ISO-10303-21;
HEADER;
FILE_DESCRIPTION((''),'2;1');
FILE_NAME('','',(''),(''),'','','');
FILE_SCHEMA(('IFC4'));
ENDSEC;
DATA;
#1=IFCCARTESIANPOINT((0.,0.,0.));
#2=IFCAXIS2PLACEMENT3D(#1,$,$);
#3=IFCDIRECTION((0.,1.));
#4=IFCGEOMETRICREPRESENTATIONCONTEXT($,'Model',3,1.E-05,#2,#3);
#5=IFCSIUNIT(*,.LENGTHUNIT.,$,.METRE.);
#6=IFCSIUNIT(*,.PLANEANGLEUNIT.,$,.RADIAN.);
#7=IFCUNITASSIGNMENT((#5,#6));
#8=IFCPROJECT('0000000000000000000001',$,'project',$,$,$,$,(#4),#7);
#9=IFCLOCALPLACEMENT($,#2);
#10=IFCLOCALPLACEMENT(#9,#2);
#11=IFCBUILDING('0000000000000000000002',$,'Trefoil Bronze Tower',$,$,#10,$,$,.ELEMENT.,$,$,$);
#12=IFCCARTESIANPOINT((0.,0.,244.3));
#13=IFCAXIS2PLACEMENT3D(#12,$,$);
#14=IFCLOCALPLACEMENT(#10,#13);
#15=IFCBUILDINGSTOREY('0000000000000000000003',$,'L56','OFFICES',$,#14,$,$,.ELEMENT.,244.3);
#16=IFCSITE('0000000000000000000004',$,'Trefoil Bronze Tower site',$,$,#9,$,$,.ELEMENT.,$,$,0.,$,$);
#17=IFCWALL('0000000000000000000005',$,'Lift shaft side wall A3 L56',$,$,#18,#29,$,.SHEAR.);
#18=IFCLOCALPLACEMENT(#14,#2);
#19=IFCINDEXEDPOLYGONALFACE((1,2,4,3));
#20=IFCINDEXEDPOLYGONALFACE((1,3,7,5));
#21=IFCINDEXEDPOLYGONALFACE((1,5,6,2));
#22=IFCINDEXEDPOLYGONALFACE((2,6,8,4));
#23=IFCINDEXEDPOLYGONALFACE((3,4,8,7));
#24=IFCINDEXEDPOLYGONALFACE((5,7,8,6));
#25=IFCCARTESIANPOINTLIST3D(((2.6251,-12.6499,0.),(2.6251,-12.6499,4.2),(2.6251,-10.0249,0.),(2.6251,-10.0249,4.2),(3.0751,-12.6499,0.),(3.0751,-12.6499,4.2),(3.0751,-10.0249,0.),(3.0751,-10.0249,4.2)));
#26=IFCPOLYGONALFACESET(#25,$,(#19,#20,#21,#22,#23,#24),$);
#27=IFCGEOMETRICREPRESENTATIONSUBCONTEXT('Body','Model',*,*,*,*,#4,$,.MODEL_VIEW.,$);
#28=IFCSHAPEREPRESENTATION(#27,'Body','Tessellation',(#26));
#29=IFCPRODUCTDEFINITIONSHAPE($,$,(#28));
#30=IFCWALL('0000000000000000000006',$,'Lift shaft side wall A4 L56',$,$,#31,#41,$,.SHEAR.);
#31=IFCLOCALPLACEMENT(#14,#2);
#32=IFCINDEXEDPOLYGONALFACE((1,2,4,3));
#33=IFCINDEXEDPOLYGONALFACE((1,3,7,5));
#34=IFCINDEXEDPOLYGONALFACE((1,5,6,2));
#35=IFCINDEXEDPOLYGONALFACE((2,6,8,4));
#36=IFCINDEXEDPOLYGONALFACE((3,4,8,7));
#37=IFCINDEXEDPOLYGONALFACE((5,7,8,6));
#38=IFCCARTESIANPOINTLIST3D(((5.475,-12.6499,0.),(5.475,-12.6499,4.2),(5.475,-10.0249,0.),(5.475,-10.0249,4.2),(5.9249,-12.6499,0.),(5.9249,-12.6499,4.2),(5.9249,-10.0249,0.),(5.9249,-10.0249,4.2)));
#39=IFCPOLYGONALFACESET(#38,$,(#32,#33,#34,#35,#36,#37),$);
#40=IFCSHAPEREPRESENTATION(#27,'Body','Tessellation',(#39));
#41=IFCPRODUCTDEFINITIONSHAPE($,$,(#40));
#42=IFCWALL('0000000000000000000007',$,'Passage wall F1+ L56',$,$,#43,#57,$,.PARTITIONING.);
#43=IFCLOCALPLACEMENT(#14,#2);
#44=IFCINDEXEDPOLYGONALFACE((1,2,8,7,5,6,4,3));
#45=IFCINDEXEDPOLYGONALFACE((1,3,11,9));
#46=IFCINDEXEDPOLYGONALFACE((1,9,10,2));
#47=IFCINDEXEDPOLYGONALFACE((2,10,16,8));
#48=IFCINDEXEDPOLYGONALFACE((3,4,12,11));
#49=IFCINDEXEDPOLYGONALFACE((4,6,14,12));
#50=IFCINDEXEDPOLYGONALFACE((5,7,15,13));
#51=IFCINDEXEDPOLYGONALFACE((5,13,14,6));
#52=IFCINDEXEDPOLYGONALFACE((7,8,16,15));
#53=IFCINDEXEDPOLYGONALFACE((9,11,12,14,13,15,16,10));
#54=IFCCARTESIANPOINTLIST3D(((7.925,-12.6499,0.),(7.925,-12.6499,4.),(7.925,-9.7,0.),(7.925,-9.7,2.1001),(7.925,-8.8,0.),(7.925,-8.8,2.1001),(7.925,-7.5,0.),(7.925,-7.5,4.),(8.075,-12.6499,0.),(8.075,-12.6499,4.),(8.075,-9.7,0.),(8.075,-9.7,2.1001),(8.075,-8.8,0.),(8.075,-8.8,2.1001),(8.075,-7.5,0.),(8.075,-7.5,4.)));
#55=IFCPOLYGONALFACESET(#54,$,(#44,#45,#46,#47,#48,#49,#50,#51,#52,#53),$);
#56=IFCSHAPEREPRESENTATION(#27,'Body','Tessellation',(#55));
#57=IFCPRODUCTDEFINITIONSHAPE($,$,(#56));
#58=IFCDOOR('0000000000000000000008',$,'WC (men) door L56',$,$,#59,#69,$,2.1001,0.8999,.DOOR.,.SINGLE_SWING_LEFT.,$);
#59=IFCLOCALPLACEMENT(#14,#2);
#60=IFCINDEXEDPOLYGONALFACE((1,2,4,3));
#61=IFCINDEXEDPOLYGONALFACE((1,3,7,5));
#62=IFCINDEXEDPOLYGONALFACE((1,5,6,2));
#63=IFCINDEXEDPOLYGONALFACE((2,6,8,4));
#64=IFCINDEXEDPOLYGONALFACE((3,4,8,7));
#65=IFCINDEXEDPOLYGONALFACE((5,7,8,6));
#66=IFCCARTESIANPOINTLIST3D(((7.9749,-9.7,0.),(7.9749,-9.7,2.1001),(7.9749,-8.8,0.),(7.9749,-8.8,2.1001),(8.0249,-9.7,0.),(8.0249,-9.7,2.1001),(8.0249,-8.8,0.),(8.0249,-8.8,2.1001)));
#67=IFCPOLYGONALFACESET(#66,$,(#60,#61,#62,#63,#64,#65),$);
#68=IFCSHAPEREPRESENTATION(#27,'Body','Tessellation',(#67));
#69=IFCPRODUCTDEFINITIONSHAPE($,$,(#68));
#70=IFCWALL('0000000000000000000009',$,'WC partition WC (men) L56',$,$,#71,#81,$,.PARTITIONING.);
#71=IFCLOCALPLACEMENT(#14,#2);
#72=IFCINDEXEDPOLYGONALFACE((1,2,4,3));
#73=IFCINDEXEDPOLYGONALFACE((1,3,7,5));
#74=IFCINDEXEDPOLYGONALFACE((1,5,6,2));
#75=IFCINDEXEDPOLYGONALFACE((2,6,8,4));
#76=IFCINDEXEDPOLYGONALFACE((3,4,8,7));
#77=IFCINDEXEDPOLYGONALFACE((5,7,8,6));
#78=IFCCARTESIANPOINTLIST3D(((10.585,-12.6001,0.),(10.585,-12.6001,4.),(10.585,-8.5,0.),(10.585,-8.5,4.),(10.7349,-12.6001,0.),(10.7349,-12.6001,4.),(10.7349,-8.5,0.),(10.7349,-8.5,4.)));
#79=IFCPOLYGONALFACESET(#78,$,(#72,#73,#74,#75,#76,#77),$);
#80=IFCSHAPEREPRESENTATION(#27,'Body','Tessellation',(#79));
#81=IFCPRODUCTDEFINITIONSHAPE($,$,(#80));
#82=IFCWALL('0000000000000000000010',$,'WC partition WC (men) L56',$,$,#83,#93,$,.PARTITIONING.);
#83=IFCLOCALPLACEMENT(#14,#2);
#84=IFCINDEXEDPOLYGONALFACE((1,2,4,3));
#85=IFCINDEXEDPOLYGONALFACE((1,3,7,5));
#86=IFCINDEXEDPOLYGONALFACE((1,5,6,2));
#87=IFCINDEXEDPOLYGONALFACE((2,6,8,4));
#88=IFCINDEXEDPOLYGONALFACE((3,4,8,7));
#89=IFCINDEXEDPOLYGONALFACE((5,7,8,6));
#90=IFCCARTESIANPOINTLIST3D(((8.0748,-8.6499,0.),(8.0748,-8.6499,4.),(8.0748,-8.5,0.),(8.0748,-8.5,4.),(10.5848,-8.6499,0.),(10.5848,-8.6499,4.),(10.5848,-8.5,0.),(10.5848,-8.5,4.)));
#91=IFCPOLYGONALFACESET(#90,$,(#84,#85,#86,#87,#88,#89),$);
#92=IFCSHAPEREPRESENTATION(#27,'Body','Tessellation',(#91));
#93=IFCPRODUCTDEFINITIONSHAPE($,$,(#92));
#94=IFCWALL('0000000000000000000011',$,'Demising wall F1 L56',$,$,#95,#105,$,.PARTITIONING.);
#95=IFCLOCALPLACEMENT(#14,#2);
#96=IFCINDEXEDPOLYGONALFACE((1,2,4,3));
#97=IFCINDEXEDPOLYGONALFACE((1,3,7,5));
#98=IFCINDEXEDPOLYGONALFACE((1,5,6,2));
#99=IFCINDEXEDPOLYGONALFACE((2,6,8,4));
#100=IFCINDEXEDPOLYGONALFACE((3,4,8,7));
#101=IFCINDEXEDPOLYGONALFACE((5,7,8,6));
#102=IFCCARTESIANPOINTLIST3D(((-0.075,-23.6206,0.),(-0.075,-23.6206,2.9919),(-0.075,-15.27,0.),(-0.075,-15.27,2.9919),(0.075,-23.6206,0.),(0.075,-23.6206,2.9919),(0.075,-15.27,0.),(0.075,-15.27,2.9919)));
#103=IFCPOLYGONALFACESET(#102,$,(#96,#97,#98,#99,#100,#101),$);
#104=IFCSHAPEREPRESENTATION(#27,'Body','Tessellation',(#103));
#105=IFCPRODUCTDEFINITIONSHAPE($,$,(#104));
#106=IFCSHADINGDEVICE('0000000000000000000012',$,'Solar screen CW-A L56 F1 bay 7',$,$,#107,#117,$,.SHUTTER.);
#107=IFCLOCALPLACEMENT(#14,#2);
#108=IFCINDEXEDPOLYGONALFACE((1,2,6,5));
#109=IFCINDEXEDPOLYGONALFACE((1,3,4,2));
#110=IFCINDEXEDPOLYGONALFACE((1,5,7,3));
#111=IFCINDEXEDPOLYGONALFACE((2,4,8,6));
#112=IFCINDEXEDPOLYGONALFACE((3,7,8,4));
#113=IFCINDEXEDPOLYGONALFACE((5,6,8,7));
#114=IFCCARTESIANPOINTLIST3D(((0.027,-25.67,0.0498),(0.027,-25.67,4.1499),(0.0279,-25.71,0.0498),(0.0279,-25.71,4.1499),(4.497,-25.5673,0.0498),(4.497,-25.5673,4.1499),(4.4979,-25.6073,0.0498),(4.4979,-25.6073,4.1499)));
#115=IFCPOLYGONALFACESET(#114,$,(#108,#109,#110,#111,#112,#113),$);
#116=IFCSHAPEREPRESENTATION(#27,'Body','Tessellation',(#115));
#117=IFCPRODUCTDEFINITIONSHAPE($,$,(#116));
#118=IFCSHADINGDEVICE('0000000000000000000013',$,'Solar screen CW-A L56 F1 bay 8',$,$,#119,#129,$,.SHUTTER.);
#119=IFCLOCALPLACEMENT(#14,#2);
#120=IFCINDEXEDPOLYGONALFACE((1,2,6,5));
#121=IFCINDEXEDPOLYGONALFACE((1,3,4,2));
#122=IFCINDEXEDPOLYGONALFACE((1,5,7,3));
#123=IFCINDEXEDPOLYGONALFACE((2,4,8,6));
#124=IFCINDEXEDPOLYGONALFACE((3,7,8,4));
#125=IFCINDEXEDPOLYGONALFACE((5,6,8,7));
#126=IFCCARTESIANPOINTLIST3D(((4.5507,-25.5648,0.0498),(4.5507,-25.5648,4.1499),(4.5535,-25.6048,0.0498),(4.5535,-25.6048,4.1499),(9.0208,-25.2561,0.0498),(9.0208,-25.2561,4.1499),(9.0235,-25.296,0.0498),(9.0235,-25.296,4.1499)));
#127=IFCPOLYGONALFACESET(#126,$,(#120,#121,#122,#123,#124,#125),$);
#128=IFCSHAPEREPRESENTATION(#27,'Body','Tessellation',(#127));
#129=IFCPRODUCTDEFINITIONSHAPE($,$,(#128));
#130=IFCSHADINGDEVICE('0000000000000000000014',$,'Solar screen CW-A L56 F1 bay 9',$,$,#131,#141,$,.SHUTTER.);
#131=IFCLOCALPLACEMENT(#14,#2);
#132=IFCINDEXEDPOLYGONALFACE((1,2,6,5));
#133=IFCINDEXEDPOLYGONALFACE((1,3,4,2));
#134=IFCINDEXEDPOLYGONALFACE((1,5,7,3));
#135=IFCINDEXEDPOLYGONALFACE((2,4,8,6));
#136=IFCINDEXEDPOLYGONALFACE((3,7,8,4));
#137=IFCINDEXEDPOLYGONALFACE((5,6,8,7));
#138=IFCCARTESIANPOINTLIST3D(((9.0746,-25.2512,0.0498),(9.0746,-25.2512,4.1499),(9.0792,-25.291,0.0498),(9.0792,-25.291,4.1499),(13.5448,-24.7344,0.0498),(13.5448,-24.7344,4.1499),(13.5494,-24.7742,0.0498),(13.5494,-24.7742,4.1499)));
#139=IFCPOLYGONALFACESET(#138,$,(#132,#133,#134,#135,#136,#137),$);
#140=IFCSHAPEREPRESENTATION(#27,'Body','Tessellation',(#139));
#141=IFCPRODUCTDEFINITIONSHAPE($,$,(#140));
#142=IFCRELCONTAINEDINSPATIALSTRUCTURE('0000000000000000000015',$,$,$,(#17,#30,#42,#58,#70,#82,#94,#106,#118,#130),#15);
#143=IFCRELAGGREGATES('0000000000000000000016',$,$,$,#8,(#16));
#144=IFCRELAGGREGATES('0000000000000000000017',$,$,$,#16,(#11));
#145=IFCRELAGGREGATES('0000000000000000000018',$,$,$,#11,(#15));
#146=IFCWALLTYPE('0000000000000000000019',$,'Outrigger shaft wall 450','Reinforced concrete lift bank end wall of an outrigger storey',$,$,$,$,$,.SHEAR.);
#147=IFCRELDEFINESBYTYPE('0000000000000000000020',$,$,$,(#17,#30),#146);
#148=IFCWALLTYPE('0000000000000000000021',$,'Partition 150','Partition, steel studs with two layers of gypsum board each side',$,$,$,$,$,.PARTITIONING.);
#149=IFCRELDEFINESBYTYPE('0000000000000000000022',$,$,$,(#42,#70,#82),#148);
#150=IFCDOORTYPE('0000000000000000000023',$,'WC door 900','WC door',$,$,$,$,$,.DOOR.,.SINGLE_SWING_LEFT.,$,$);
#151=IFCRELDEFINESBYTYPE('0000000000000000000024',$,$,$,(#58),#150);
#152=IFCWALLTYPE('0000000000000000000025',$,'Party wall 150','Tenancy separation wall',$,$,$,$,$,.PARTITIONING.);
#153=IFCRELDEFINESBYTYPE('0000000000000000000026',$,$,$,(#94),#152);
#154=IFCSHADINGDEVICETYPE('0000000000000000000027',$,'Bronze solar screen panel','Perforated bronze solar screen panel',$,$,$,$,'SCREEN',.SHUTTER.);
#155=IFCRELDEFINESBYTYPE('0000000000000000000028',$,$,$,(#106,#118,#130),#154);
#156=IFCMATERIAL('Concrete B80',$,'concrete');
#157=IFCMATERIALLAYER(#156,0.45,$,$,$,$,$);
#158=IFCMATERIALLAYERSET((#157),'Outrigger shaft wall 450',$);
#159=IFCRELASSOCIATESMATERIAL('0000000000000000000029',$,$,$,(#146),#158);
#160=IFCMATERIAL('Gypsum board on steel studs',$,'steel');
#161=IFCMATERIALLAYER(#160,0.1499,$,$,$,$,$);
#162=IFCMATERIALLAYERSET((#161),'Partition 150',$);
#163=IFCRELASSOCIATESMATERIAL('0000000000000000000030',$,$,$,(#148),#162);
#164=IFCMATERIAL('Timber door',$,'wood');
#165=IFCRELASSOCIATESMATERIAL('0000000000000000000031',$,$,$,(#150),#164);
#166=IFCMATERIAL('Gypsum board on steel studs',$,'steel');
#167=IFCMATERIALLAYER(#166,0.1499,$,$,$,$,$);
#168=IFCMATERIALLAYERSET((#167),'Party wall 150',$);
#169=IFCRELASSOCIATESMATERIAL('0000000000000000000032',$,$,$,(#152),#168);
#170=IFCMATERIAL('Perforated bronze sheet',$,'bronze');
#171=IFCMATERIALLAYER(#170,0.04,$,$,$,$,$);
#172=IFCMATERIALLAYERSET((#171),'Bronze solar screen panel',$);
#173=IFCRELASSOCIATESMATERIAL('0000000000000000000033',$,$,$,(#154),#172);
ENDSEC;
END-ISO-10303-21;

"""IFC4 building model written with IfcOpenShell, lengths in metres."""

from ifc_helpers import new_model, si_unit, direction, frame, frame_2d, origin, origin_2d, place, context, subcontext, project, spatial, rectangle, extrude, material, layer, layer_set, type_object, element, fill, save


model = new_model("IFC4")

# Units and contexts
model_context = context("Model", 3, precision=1e-05, world=origin(), true_north=direction((0.0, 1.0)))
body_context = subcontext(model_context, "Body", "Model", "MODEL_VIEW")
ifc_project = project(units=[si_unit("LENGTHUNIT", "METRE"), si_unit("PLANEANGLEUNIT", "RADIAN")], contexts=[model_context])

# Site, building, storey
site_placement = place(None, origin())
site = spatial("IfcSite", under=ifc_project, at=site_placement, Name="Trefoil Bronze Tower site", CompositionType="ELEMENT", RefElevation=0.0)
building_placement = place(site_placement, origin())
building = spatial("IfcBuilding", under=site, at=building_placement, Name="Trefoil Bronze Tower", CompositionType="ELEMENT")
storey_placement = place(building_placement, frame((0.0, 0.0, 244.3)))
storey = spatial("IfcBuildingStorey", under=building, at=storey_placement, Name="L56", Description="OFFICES", CompositionType="ELEMENT", Elevation=244.3)

# Walls
ifc_material_1 = material(Name="Concrete B80", Category="concrete")
ifc_layer_1 = layer(ifc_material_1, 0.45)
ifc_layer_set_1 = layer_set([ifc_layer_1], Name="Outrigger shaft wall 450")
wall_type_1 = type_object("IfcWallType", Name="Outrigger shaft wall 450", Description="Reinforced concrete lift bank end wall of an outrigger storey", PredefinedType="SHEAR", material=ifc_layer_set_1)
for number, where, z_axis, x_axis, name in (
    (1, (2.8501, -10.0249, 0.0), (0.0, 0.0, 1.0), (0.0, -1.0, 0.0), "Lift shaft side wall A3 L56"),
    (2, (5.7, -10.0249, 0.0), (0.0, 0.0, 1.0), (0.0, -1.0, 0.0), "Lift shaft side wall A4 L56"),
):
    element("IfcWall", number, at=place(storey_placement, frame(where, z_axis=z_axis, x_axis=x_axis)), inside=storey, type_object=wall_type_1, Name=name, PredefinedType="SHEAR", context=body_context, shape_type="SweptSolid", body=[
        extrude(rectangle(XDim=2.625, YDim=0.45, at=frame_2d((1.3125, 0.0))), origin(), (0.0, 0.0, 1.0), 4.2),
    ])

# Wall, opening, door
ifc_material_2 = material(Name="Gypsum board on steel studs", Category="steel")
ifc_layer_2 = layer(ifc_material_2, 0.1499)
ifc_layer_set_2 = layer_set([ifc_layer_2], Name="Partition 150")
wall_type_2 = type_object("IfcWallType", Name="Partition 150", Description="Partition, steel studs with two layers of gypsum board each side", PredefinedType="PARTITIONING", material=ifc_layer_set_2)
wall_1_placement = place(storey_placement, frame((8.0, -7.5, 0.0), z_axis=(0.0, 0.0, 1.0), x_axis=(0.0, -1.0, 0.0)))
wall_1 = element("IfcWall", 3, at=wall_1_placement, inside=storey, type_object=wall_type_2, Name="Passage wall F1+ L56", PredefinedType="PARTITIONING", context=body_context, shape_type="SweptSolid", body=[
    extrude(rectangle(XDim=5.1499, YDim=0.1499, at=frame_2d((2.575, 0.0))), origin(), (0.0, 0.0, 1.0), 4.0),
])
opening_placement = place(wall_1_placement, frame((1.3, 0.0, 0.0)))
opening = element("IfcOpeningElement", 4, at=opening_placement, cuts=wall_1, PredefinedType="OPENING", context=body_context, shape_type="SweptSolid", body=[
    extrude(rectangle(XDim=0.8999, YDim=2.1001, at=frame_2d((0.45, 1.05))), frame((0.0, 0.085, 0.0), z_axis=(0.0, -1.0, 0.0), x_axis=(1.0, 0.0, 0.0)), (0.0, 0.0, 1.0), 0.1699),
])
ifc_material_3 = material(Name="Timber door", Category="wood")
door_type = type_object("IfcDoorType", Name="WC door 900", Description="WC door", OperationType="SINGLE_SWING_LEFT", PredefinedType="DOOR", material=ifc_material_3)
door_placement = place(opening_placement, origin())
door = element("IfcDoor", 5, at=door_placement, inside=storey, type_object=door_type, Name="WC (men) door L56", OperationType="SINGLE_SWING_LEFT", OverallHeight=2.1001, OverallWidth=0.8999, PredefinedType="DOOR", context=body_context, shape_type="SweptSolid", body=[
    extrude(rectangle(XDim=0.8999, YDim=2.1001, at=frame_2d((0.45, 1.05))), frame((0.0, 0.0249, 0.0), z_axis=(0.0, -1.0, 0.0), x_axis=(1.0, 0.0, 0.0)), (0.0, 0.0, 1.0), 0.05),
])
fill(opening, door)

# Walls
wall_2_placement = place(storey_placement, frame((10.6599, -8.5, 0.0), z_axis=(0.0, 0.0, 1.0), x_axis=(0.0, -1.0, 0.0)))
element("IfcWall", 6, at=wall_2_placement, inside=storey, type_object=wall_type_2, Name="WC partition WC (men) L56", PredefinedType="PARTITIONING", context=body_context, shape_type="SweptSolid", body=[
    extrude(rectangle(XDim=4.1001, YDim=0.1499, at=frame_2d((2.05, 0.0))), origin(), (0.0, 0.0, 1.0), 4.0),
])
wall_3_placement = place(storey_placement, frame((8.075, -8.575, 0.0), z_axis=(0.0, 0.0, 1.0), x_axis=(1.0, 0.0, 0.0)))
element("IfcWall", 7, at=wall_3_placement, inside=storey, type_object=wall_type_2, Name="WC partition WC (men) L56", PredefinedType="PARTITIONING", context=body_context, shape_type="SweptSolid", body=[
    extrude(rectangle(XDim=2.51, YDim=0.1499, at=frame_2d((1.2549, 0.0))), origin(), (0.0, 0.0, 1.0), 4.0),
])
ifc_material_4 = material(Name="Gypsum board on steel studs", Category="steel")
ifc_layer_3 = layer(ifc_material_4, 0.1499)
ifc_layer_set_3 = layer_set([ifc_layer_3], Name="Party wall 150")
wall_type_3 = type_object("IfcWallType", Name="Party wall 150", Description="Tenancy separation wall", PredefinedType="PARTITIONING", material=ifc_layer_set_3)
wall_4_placement = place(storey_placement, frame((0.0, -15.27, 0.0), z_axis=(0.0, 0.0, 1.0), x_axis=(0.0, -1.0, 0.0)))
element("IfcWall", 8, at=wall_4_placement, inside=storey, type_object=wall_type_3, Name="Demising wall F1 L56", PredefinedType="PARTITIONING", context=body_context, shape_type="SweptSolid", body=[
    extrude(rectangle(XDim=8.3506, YDim=0.1499, at=frame_2d((4.1753, 0.0))), origin(), (0.0, 0.0, 1.0), 2.9919),
])

# Shading devices
ifc_material_5 = material(Name="Perforated bronze sheet", Category="bronze")
ifc_layer_4 = layer(ifc_material_5, 0.04)
ifc_layer_set_4 = layer_set([ifc_layer_4], Name="Bronze solar screen panel")
shading_device_type = type_object("IfcShadingDeviceType", Name="Bronze solar screen panel", Description="Perforated bronze solar screen panel", ElementType="SCREEN", PredefinedType="SHUTTER", material=ifc_layer_set_4)
shading_device_1_placement = place(storey_placement, frame((2.2625, -25.6387, 0.0498), z_axis=(0.0, 0.0, 1.0), x_axis=(0.999736, 0.022972, 0.0)))
element("IfcShadingDevice", 9, at=shading_device_1_placement, inside=storey, type_object=shading_device_type, Name="Solar screen CW-A L56 F1 bay 7", PredefinedType="SHUTTER", context=body_context, shape_type="SweptSolid", body=[
    extrude(rectangle(XDim=4.4712, YDim=0.04, at=origin_2d()), origin(), (0.0, 0.0, 1.0), 4.1001),
])
shading_device_2_placement = place(storey_placement, frame((6.7871, -25.4304, 0.0498), z_axis=(0.0, 0.0, 1.0), x_axis=(0.997623, 0.068915, 0.0)))
element("IfcShadingDevice", 10, at=shading_device_2_placement, inside=storey, type_object=shading_device_type, Name="Solar screen CW-A L56 F1 bay 8", PredefinedType="SHUTTER", context=body_context, shape_type="SweptSolid", body=[
    extrude(rectangle(XDim=4.4807, YDim=0.04, at=origin_2d()), origin(), (0.0, 0.0, 1.0), 4.1001),
])
shading_device_3_placement = place(storey_placement, frame((11.312, -25.0127, 0.0498), z_axis=(0.0, 0.0, 1.0), x_axis=(0.993382, 0.114859, 0.0)))
element("IfcShadingDevice", 11, at=shading_device_3_placement, inside=storey, type_object=shading_device_type, Name="Solar screen CW-A L56 F1 bay 9", PredefinedType="SHUTTER", context=body_context, shape_type="SweptSolid", body=[
    extrude(rectangle(XDim=4.5, YDim=0.04, at=origin_2d()), origin(), (0.0, 0.0, 1.0), 4.1001),
])

save(model, "model.ifc")
